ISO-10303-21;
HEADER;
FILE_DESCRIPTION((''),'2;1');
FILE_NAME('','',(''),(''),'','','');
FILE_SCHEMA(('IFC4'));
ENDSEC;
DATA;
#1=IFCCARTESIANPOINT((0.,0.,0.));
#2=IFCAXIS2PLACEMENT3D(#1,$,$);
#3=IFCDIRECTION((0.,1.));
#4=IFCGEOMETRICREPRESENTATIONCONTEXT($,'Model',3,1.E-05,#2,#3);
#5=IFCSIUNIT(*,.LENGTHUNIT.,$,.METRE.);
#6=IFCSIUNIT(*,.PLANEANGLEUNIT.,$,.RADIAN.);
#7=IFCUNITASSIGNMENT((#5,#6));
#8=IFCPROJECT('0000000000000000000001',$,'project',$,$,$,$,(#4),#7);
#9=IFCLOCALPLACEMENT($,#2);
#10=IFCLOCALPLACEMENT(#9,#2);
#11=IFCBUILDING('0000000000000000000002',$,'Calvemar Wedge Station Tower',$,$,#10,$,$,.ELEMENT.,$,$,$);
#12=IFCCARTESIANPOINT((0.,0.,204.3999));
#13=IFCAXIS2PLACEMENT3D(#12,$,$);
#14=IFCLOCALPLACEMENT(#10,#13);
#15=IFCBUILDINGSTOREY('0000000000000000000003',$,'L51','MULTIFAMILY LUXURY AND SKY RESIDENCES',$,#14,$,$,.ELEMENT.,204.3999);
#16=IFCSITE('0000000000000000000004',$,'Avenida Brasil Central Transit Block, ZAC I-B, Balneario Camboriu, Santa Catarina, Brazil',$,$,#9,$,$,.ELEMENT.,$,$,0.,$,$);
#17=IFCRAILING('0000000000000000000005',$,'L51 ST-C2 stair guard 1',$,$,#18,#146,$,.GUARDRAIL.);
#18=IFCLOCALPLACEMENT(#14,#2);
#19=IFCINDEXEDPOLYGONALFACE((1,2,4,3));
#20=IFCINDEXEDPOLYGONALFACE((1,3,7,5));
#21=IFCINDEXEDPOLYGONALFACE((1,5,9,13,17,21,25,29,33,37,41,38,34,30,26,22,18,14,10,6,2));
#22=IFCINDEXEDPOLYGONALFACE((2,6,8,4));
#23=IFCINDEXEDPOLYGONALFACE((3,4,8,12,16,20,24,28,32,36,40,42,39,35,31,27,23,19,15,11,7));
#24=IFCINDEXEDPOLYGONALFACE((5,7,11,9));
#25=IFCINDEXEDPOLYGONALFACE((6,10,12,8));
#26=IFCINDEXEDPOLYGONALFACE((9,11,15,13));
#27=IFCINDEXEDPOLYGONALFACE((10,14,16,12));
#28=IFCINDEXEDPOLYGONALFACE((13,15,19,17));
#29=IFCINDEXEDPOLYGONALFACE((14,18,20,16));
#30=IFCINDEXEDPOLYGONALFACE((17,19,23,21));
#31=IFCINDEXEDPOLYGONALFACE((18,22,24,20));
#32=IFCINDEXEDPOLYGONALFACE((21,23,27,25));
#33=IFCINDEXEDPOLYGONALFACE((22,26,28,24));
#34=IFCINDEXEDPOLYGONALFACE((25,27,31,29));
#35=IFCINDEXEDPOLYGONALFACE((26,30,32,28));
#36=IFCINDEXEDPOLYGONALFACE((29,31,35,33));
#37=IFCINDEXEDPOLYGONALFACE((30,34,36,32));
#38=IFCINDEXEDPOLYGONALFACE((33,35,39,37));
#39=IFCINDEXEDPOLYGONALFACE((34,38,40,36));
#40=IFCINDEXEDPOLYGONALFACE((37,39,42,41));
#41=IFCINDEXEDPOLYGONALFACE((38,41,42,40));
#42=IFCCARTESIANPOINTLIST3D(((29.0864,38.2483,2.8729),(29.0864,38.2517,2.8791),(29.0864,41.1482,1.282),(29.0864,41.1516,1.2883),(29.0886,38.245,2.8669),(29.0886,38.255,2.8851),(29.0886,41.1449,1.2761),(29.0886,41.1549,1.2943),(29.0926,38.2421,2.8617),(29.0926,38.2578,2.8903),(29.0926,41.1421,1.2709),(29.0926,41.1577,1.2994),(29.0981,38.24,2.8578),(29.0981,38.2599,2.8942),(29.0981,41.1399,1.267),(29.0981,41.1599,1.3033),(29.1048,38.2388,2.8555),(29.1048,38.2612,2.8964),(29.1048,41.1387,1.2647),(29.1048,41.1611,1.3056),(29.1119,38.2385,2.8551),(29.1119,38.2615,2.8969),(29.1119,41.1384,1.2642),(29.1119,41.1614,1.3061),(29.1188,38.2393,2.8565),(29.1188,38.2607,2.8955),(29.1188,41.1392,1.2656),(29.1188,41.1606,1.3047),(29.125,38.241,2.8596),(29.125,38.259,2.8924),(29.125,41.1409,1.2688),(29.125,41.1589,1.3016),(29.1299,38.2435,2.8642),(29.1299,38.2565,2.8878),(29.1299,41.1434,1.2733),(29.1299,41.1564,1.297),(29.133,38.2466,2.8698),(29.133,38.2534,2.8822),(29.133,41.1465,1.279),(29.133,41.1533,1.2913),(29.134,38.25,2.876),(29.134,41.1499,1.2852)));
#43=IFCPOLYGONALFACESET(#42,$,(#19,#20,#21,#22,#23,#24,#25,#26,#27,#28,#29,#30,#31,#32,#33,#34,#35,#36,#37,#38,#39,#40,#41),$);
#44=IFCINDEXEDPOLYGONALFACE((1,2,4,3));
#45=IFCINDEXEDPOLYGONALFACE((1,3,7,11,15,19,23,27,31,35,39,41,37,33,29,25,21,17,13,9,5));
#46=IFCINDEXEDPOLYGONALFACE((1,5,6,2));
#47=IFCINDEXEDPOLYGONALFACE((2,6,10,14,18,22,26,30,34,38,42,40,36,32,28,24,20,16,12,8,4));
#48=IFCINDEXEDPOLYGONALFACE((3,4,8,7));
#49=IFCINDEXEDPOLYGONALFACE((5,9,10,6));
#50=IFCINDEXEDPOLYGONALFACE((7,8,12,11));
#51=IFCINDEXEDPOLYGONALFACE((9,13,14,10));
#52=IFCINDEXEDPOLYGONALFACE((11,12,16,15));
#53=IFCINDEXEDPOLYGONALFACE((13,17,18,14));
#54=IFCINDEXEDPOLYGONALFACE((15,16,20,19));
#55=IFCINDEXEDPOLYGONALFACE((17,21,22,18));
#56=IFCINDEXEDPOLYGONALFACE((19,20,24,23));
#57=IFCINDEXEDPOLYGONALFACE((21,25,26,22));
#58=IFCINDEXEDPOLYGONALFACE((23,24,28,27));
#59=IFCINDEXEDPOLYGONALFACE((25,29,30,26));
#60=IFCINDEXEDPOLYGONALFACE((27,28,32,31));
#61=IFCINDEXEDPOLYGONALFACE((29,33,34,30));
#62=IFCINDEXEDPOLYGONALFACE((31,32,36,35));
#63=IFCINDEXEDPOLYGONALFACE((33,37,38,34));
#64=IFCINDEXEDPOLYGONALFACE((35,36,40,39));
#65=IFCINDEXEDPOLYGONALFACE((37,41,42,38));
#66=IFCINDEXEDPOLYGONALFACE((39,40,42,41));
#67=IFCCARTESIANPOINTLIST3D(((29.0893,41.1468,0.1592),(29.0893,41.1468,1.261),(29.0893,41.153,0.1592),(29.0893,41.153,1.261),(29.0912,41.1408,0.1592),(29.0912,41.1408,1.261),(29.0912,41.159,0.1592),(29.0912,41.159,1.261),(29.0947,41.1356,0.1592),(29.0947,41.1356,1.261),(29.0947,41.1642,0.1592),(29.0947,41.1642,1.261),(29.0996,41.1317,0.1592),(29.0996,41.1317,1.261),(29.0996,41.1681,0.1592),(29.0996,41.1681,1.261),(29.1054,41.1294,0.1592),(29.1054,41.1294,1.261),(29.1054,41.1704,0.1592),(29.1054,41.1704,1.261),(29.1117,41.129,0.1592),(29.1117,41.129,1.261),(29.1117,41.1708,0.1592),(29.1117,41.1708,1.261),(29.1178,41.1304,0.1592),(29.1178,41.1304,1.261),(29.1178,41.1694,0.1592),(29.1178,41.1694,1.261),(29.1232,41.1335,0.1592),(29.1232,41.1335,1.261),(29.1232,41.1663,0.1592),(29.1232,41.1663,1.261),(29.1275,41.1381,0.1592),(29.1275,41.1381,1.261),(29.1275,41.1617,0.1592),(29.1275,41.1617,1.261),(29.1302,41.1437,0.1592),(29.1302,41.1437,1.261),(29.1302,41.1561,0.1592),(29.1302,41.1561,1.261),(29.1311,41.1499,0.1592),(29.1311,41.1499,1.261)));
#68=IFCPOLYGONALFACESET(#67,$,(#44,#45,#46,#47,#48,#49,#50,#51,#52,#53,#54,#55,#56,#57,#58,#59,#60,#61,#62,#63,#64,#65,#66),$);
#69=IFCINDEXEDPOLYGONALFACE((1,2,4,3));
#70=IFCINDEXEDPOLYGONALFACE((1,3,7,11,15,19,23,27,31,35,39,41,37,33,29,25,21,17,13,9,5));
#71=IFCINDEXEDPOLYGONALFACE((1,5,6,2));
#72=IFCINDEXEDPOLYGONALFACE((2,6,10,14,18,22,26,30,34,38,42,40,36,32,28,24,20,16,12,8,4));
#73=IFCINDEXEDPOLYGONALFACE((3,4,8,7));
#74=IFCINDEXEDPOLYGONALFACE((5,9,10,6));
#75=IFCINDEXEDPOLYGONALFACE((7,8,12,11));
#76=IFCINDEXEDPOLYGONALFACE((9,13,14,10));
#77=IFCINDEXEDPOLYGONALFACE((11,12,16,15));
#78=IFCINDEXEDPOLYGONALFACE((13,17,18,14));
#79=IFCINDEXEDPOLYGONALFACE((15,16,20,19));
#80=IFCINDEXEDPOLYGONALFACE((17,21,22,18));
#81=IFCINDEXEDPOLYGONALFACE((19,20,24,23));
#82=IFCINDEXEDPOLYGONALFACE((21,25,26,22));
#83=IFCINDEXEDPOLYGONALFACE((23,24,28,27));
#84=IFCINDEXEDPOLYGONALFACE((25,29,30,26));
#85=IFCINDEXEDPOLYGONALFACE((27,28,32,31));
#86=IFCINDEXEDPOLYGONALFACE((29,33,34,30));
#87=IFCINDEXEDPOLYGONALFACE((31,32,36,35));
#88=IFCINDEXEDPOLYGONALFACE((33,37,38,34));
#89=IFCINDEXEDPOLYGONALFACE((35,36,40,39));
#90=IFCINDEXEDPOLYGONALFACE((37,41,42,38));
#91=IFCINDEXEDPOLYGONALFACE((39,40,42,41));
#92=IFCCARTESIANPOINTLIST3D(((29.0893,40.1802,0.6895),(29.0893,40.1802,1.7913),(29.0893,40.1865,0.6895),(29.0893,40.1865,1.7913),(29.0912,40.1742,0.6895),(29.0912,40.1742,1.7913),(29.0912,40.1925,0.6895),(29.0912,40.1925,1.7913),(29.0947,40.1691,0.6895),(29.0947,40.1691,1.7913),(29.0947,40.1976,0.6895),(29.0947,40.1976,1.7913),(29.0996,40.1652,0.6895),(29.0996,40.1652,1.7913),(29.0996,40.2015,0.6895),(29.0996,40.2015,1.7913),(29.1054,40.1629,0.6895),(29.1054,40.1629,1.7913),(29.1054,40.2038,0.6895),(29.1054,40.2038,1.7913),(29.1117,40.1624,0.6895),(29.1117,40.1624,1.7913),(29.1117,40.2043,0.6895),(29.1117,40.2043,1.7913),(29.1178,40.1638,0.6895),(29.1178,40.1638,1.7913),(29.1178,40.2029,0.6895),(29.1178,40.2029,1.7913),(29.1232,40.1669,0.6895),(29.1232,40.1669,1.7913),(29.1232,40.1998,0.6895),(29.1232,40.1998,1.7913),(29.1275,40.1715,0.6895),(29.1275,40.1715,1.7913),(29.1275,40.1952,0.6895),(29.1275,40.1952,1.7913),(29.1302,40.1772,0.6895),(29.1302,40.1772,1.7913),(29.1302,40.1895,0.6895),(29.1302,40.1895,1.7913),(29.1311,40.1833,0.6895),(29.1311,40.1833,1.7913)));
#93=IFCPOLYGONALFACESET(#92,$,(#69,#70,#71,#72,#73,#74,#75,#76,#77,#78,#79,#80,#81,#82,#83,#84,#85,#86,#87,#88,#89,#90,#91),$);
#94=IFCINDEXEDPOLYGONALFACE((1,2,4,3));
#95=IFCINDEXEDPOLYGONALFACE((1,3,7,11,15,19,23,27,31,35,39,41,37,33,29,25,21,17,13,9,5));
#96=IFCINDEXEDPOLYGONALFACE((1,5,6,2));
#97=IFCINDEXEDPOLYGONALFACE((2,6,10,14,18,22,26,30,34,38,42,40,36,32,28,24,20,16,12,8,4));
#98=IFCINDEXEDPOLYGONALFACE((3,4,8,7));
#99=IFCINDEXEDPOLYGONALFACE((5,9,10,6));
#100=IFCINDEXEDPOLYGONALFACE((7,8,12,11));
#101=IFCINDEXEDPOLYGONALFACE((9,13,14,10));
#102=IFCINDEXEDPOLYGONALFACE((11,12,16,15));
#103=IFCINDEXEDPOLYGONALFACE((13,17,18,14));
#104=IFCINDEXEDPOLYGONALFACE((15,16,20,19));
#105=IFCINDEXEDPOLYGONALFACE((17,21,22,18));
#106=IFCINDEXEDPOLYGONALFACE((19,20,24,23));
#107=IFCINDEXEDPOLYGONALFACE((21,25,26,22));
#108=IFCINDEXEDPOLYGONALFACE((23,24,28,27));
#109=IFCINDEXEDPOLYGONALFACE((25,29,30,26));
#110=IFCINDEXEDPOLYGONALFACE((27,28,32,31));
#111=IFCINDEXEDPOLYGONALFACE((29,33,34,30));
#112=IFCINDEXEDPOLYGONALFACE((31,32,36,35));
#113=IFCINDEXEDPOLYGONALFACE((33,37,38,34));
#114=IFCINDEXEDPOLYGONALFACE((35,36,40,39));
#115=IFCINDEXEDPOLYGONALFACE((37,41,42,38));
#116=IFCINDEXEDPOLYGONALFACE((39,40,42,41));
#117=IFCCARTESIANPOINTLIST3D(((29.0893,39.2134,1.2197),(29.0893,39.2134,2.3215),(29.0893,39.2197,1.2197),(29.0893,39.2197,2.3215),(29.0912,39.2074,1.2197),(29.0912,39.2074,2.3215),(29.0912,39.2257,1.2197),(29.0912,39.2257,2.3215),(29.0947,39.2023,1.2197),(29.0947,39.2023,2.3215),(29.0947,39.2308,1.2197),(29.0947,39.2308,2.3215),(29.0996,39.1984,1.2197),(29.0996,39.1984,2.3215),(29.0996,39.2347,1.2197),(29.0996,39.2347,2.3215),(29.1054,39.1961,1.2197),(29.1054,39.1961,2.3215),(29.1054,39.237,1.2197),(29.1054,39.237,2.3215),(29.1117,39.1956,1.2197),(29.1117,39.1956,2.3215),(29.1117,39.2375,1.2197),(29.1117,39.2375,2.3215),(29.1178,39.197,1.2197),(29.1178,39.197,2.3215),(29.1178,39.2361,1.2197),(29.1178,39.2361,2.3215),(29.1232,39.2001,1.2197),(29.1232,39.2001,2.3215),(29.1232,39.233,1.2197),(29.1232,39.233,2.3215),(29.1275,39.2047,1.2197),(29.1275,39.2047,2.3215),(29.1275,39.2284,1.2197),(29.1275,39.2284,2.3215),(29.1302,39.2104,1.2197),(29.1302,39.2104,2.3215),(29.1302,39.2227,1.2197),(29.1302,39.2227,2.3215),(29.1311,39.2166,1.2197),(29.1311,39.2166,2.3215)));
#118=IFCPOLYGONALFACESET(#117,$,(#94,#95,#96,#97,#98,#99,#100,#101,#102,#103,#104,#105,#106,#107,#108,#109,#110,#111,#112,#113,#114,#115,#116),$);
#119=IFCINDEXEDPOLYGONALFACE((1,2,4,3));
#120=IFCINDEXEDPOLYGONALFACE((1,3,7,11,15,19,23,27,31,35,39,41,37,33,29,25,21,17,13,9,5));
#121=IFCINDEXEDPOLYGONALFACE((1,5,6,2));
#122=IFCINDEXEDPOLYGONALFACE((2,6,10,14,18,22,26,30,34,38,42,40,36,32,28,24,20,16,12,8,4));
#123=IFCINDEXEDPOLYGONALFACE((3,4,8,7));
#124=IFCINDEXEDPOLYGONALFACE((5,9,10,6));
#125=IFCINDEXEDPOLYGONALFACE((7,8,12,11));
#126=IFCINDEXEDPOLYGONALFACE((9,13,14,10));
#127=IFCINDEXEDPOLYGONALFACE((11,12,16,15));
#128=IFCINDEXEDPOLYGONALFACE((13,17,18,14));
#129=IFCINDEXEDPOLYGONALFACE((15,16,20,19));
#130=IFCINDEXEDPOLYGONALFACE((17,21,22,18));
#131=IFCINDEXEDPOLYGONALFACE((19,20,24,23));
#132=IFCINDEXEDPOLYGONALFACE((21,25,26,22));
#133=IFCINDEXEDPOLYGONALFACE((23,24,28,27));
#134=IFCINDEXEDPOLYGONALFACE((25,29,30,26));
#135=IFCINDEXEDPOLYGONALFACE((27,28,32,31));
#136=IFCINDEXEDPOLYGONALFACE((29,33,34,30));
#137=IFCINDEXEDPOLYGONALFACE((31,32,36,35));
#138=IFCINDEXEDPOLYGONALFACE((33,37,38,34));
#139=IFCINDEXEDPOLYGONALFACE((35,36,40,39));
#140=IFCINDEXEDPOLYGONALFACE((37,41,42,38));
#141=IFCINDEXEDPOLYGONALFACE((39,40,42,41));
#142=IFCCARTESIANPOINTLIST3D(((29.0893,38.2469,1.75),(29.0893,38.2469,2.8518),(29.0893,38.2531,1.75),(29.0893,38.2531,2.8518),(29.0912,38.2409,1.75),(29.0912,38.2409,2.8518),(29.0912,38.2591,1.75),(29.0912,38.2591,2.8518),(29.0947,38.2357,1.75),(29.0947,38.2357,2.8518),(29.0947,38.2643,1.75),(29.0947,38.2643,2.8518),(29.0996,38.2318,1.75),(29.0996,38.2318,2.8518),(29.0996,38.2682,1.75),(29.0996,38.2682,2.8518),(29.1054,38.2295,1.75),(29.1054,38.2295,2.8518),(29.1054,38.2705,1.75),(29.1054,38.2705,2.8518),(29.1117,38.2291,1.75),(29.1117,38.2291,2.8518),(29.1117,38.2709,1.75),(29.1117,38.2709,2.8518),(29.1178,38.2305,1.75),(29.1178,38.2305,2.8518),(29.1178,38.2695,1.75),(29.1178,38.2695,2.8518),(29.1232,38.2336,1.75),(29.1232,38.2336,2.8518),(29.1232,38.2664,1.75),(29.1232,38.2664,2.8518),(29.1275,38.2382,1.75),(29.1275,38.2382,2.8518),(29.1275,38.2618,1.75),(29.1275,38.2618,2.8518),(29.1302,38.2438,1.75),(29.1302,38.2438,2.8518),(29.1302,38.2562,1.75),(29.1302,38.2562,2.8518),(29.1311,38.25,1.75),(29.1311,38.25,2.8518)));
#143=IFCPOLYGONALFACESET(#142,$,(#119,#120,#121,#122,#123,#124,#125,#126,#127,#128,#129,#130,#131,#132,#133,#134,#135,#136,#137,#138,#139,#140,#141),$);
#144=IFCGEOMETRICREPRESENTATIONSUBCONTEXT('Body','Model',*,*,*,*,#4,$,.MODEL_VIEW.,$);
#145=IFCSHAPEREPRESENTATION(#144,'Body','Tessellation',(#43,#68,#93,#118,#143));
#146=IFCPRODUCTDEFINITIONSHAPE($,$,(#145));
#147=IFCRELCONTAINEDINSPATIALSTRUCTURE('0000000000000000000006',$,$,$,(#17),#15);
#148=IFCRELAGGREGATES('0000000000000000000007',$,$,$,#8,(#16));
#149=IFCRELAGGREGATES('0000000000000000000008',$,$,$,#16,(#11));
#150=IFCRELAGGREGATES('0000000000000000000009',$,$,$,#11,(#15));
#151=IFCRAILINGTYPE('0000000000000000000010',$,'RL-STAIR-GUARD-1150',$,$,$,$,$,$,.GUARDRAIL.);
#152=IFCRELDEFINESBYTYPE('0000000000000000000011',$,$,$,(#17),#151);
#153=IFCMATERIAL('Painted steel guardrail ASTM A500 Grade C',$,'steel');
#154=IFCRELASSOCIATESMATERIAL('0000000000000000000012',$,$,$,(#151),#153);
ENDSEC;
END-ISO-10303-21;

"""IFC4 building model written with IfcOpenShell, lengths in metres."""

from ifc_helpers import new_model, si_unit, direction, frame, origin, origin_2d, place, context, subcontext, project, spatial, circle, extrude, material, type_object, element, save


model = new_model("IFC4")

# Units and contexts
model_context = context("Model", 3, precision=1e-05, world=origin(), true_north=direction((0.0, 1.0)))
body_context = subcontext(model_context, "Body", "Model", "MODEL_VIEW")
ifc_project = project(units=[si_unit("LENGTHUNIT", "METRE"), si_unit("PLANEANGLEUNIT", "RADIAN")], contexts=[model_context])

# Site, building, storey
site_placement = place(None, origin())
site = spatial("IfcSite", under=ifc_project, at=site_placement, Name="Avenida Brasil Central Transit Block, ZAC I-B, Balneario Camboriu, Santa Catarina, Brazil", CompositionType="ELEMENT", RefElevation=0.0)
building_placement = place(site_placement, origin())
building = spatial("IfcBuilding", under=site, at=building_placement, Name="Calvemar Wedge Station Tower", CompositionType="ELEMENT")
storey_placement = place(building_placement, frame((0.0, 0.0, 204.3999)))
storey = spatial("IfcBuildingStorey", under=building, at=storey_placement, Name="L51", Description="MULTIFAMILY LUXURY AND SKY RESIDENCES", CompositionType="ELEMENT", Elevation=204.3999)

# Railing
ifc_material_1 = material(Name="Painted steel guardrail ASTM A500 Grade C", Category="steel")
railing_type_1 = type_object("IfcRailingType", Name="RL-STAIR-GUARD-1150", PredefinedType="GUARDRAIL", material=ifc_material_1)
railing_1_placement = place(storey_placement, frame((29.1101, 41.1499, 0.1592)))
element("IfcRailing", 1, at=railing_1_placement, inside=storey, type_object=railing_type_1, Name="L51 ST-C2 stair guard 1", PredefinedType="GUARDRAIL", context=body_context, shape_type="SweptSolid", body=[
    extrude(circle(Radius=0.0239, at=origin_2d()), frame((0.0, 0.0, 1.126), z_axis=(0.0, -0.876742, 0.480961), x_axis=(1.0, 0.0, 0.0)), (0.0, 0.0, 1.0), 3.3076),
    extrude(circle(Radius=0.021, at=origin_2d()), origin(), (0.0, 0.0, 1.0), 1.1018),
    extrude(circle(Radius=0.021, at=origin_2d()), frame((0.0, -0.9666, 0.5303)), (0.0, 0.0, 1.0), 1.1018),
    extrude(circle(Radius=0.021, at=origin_2d()), frame((0.0, -1.9333, 1.0605)), (0.0, 0.0, 1.0), 1.1018),
    extrude(circle(Radius=0.021, at=origin_2d()), frame((0.0, -2.8999, 1.5908)), (0.0, 0.0, 1.0), 1.1018),
])

save(model, "model.ifc")
